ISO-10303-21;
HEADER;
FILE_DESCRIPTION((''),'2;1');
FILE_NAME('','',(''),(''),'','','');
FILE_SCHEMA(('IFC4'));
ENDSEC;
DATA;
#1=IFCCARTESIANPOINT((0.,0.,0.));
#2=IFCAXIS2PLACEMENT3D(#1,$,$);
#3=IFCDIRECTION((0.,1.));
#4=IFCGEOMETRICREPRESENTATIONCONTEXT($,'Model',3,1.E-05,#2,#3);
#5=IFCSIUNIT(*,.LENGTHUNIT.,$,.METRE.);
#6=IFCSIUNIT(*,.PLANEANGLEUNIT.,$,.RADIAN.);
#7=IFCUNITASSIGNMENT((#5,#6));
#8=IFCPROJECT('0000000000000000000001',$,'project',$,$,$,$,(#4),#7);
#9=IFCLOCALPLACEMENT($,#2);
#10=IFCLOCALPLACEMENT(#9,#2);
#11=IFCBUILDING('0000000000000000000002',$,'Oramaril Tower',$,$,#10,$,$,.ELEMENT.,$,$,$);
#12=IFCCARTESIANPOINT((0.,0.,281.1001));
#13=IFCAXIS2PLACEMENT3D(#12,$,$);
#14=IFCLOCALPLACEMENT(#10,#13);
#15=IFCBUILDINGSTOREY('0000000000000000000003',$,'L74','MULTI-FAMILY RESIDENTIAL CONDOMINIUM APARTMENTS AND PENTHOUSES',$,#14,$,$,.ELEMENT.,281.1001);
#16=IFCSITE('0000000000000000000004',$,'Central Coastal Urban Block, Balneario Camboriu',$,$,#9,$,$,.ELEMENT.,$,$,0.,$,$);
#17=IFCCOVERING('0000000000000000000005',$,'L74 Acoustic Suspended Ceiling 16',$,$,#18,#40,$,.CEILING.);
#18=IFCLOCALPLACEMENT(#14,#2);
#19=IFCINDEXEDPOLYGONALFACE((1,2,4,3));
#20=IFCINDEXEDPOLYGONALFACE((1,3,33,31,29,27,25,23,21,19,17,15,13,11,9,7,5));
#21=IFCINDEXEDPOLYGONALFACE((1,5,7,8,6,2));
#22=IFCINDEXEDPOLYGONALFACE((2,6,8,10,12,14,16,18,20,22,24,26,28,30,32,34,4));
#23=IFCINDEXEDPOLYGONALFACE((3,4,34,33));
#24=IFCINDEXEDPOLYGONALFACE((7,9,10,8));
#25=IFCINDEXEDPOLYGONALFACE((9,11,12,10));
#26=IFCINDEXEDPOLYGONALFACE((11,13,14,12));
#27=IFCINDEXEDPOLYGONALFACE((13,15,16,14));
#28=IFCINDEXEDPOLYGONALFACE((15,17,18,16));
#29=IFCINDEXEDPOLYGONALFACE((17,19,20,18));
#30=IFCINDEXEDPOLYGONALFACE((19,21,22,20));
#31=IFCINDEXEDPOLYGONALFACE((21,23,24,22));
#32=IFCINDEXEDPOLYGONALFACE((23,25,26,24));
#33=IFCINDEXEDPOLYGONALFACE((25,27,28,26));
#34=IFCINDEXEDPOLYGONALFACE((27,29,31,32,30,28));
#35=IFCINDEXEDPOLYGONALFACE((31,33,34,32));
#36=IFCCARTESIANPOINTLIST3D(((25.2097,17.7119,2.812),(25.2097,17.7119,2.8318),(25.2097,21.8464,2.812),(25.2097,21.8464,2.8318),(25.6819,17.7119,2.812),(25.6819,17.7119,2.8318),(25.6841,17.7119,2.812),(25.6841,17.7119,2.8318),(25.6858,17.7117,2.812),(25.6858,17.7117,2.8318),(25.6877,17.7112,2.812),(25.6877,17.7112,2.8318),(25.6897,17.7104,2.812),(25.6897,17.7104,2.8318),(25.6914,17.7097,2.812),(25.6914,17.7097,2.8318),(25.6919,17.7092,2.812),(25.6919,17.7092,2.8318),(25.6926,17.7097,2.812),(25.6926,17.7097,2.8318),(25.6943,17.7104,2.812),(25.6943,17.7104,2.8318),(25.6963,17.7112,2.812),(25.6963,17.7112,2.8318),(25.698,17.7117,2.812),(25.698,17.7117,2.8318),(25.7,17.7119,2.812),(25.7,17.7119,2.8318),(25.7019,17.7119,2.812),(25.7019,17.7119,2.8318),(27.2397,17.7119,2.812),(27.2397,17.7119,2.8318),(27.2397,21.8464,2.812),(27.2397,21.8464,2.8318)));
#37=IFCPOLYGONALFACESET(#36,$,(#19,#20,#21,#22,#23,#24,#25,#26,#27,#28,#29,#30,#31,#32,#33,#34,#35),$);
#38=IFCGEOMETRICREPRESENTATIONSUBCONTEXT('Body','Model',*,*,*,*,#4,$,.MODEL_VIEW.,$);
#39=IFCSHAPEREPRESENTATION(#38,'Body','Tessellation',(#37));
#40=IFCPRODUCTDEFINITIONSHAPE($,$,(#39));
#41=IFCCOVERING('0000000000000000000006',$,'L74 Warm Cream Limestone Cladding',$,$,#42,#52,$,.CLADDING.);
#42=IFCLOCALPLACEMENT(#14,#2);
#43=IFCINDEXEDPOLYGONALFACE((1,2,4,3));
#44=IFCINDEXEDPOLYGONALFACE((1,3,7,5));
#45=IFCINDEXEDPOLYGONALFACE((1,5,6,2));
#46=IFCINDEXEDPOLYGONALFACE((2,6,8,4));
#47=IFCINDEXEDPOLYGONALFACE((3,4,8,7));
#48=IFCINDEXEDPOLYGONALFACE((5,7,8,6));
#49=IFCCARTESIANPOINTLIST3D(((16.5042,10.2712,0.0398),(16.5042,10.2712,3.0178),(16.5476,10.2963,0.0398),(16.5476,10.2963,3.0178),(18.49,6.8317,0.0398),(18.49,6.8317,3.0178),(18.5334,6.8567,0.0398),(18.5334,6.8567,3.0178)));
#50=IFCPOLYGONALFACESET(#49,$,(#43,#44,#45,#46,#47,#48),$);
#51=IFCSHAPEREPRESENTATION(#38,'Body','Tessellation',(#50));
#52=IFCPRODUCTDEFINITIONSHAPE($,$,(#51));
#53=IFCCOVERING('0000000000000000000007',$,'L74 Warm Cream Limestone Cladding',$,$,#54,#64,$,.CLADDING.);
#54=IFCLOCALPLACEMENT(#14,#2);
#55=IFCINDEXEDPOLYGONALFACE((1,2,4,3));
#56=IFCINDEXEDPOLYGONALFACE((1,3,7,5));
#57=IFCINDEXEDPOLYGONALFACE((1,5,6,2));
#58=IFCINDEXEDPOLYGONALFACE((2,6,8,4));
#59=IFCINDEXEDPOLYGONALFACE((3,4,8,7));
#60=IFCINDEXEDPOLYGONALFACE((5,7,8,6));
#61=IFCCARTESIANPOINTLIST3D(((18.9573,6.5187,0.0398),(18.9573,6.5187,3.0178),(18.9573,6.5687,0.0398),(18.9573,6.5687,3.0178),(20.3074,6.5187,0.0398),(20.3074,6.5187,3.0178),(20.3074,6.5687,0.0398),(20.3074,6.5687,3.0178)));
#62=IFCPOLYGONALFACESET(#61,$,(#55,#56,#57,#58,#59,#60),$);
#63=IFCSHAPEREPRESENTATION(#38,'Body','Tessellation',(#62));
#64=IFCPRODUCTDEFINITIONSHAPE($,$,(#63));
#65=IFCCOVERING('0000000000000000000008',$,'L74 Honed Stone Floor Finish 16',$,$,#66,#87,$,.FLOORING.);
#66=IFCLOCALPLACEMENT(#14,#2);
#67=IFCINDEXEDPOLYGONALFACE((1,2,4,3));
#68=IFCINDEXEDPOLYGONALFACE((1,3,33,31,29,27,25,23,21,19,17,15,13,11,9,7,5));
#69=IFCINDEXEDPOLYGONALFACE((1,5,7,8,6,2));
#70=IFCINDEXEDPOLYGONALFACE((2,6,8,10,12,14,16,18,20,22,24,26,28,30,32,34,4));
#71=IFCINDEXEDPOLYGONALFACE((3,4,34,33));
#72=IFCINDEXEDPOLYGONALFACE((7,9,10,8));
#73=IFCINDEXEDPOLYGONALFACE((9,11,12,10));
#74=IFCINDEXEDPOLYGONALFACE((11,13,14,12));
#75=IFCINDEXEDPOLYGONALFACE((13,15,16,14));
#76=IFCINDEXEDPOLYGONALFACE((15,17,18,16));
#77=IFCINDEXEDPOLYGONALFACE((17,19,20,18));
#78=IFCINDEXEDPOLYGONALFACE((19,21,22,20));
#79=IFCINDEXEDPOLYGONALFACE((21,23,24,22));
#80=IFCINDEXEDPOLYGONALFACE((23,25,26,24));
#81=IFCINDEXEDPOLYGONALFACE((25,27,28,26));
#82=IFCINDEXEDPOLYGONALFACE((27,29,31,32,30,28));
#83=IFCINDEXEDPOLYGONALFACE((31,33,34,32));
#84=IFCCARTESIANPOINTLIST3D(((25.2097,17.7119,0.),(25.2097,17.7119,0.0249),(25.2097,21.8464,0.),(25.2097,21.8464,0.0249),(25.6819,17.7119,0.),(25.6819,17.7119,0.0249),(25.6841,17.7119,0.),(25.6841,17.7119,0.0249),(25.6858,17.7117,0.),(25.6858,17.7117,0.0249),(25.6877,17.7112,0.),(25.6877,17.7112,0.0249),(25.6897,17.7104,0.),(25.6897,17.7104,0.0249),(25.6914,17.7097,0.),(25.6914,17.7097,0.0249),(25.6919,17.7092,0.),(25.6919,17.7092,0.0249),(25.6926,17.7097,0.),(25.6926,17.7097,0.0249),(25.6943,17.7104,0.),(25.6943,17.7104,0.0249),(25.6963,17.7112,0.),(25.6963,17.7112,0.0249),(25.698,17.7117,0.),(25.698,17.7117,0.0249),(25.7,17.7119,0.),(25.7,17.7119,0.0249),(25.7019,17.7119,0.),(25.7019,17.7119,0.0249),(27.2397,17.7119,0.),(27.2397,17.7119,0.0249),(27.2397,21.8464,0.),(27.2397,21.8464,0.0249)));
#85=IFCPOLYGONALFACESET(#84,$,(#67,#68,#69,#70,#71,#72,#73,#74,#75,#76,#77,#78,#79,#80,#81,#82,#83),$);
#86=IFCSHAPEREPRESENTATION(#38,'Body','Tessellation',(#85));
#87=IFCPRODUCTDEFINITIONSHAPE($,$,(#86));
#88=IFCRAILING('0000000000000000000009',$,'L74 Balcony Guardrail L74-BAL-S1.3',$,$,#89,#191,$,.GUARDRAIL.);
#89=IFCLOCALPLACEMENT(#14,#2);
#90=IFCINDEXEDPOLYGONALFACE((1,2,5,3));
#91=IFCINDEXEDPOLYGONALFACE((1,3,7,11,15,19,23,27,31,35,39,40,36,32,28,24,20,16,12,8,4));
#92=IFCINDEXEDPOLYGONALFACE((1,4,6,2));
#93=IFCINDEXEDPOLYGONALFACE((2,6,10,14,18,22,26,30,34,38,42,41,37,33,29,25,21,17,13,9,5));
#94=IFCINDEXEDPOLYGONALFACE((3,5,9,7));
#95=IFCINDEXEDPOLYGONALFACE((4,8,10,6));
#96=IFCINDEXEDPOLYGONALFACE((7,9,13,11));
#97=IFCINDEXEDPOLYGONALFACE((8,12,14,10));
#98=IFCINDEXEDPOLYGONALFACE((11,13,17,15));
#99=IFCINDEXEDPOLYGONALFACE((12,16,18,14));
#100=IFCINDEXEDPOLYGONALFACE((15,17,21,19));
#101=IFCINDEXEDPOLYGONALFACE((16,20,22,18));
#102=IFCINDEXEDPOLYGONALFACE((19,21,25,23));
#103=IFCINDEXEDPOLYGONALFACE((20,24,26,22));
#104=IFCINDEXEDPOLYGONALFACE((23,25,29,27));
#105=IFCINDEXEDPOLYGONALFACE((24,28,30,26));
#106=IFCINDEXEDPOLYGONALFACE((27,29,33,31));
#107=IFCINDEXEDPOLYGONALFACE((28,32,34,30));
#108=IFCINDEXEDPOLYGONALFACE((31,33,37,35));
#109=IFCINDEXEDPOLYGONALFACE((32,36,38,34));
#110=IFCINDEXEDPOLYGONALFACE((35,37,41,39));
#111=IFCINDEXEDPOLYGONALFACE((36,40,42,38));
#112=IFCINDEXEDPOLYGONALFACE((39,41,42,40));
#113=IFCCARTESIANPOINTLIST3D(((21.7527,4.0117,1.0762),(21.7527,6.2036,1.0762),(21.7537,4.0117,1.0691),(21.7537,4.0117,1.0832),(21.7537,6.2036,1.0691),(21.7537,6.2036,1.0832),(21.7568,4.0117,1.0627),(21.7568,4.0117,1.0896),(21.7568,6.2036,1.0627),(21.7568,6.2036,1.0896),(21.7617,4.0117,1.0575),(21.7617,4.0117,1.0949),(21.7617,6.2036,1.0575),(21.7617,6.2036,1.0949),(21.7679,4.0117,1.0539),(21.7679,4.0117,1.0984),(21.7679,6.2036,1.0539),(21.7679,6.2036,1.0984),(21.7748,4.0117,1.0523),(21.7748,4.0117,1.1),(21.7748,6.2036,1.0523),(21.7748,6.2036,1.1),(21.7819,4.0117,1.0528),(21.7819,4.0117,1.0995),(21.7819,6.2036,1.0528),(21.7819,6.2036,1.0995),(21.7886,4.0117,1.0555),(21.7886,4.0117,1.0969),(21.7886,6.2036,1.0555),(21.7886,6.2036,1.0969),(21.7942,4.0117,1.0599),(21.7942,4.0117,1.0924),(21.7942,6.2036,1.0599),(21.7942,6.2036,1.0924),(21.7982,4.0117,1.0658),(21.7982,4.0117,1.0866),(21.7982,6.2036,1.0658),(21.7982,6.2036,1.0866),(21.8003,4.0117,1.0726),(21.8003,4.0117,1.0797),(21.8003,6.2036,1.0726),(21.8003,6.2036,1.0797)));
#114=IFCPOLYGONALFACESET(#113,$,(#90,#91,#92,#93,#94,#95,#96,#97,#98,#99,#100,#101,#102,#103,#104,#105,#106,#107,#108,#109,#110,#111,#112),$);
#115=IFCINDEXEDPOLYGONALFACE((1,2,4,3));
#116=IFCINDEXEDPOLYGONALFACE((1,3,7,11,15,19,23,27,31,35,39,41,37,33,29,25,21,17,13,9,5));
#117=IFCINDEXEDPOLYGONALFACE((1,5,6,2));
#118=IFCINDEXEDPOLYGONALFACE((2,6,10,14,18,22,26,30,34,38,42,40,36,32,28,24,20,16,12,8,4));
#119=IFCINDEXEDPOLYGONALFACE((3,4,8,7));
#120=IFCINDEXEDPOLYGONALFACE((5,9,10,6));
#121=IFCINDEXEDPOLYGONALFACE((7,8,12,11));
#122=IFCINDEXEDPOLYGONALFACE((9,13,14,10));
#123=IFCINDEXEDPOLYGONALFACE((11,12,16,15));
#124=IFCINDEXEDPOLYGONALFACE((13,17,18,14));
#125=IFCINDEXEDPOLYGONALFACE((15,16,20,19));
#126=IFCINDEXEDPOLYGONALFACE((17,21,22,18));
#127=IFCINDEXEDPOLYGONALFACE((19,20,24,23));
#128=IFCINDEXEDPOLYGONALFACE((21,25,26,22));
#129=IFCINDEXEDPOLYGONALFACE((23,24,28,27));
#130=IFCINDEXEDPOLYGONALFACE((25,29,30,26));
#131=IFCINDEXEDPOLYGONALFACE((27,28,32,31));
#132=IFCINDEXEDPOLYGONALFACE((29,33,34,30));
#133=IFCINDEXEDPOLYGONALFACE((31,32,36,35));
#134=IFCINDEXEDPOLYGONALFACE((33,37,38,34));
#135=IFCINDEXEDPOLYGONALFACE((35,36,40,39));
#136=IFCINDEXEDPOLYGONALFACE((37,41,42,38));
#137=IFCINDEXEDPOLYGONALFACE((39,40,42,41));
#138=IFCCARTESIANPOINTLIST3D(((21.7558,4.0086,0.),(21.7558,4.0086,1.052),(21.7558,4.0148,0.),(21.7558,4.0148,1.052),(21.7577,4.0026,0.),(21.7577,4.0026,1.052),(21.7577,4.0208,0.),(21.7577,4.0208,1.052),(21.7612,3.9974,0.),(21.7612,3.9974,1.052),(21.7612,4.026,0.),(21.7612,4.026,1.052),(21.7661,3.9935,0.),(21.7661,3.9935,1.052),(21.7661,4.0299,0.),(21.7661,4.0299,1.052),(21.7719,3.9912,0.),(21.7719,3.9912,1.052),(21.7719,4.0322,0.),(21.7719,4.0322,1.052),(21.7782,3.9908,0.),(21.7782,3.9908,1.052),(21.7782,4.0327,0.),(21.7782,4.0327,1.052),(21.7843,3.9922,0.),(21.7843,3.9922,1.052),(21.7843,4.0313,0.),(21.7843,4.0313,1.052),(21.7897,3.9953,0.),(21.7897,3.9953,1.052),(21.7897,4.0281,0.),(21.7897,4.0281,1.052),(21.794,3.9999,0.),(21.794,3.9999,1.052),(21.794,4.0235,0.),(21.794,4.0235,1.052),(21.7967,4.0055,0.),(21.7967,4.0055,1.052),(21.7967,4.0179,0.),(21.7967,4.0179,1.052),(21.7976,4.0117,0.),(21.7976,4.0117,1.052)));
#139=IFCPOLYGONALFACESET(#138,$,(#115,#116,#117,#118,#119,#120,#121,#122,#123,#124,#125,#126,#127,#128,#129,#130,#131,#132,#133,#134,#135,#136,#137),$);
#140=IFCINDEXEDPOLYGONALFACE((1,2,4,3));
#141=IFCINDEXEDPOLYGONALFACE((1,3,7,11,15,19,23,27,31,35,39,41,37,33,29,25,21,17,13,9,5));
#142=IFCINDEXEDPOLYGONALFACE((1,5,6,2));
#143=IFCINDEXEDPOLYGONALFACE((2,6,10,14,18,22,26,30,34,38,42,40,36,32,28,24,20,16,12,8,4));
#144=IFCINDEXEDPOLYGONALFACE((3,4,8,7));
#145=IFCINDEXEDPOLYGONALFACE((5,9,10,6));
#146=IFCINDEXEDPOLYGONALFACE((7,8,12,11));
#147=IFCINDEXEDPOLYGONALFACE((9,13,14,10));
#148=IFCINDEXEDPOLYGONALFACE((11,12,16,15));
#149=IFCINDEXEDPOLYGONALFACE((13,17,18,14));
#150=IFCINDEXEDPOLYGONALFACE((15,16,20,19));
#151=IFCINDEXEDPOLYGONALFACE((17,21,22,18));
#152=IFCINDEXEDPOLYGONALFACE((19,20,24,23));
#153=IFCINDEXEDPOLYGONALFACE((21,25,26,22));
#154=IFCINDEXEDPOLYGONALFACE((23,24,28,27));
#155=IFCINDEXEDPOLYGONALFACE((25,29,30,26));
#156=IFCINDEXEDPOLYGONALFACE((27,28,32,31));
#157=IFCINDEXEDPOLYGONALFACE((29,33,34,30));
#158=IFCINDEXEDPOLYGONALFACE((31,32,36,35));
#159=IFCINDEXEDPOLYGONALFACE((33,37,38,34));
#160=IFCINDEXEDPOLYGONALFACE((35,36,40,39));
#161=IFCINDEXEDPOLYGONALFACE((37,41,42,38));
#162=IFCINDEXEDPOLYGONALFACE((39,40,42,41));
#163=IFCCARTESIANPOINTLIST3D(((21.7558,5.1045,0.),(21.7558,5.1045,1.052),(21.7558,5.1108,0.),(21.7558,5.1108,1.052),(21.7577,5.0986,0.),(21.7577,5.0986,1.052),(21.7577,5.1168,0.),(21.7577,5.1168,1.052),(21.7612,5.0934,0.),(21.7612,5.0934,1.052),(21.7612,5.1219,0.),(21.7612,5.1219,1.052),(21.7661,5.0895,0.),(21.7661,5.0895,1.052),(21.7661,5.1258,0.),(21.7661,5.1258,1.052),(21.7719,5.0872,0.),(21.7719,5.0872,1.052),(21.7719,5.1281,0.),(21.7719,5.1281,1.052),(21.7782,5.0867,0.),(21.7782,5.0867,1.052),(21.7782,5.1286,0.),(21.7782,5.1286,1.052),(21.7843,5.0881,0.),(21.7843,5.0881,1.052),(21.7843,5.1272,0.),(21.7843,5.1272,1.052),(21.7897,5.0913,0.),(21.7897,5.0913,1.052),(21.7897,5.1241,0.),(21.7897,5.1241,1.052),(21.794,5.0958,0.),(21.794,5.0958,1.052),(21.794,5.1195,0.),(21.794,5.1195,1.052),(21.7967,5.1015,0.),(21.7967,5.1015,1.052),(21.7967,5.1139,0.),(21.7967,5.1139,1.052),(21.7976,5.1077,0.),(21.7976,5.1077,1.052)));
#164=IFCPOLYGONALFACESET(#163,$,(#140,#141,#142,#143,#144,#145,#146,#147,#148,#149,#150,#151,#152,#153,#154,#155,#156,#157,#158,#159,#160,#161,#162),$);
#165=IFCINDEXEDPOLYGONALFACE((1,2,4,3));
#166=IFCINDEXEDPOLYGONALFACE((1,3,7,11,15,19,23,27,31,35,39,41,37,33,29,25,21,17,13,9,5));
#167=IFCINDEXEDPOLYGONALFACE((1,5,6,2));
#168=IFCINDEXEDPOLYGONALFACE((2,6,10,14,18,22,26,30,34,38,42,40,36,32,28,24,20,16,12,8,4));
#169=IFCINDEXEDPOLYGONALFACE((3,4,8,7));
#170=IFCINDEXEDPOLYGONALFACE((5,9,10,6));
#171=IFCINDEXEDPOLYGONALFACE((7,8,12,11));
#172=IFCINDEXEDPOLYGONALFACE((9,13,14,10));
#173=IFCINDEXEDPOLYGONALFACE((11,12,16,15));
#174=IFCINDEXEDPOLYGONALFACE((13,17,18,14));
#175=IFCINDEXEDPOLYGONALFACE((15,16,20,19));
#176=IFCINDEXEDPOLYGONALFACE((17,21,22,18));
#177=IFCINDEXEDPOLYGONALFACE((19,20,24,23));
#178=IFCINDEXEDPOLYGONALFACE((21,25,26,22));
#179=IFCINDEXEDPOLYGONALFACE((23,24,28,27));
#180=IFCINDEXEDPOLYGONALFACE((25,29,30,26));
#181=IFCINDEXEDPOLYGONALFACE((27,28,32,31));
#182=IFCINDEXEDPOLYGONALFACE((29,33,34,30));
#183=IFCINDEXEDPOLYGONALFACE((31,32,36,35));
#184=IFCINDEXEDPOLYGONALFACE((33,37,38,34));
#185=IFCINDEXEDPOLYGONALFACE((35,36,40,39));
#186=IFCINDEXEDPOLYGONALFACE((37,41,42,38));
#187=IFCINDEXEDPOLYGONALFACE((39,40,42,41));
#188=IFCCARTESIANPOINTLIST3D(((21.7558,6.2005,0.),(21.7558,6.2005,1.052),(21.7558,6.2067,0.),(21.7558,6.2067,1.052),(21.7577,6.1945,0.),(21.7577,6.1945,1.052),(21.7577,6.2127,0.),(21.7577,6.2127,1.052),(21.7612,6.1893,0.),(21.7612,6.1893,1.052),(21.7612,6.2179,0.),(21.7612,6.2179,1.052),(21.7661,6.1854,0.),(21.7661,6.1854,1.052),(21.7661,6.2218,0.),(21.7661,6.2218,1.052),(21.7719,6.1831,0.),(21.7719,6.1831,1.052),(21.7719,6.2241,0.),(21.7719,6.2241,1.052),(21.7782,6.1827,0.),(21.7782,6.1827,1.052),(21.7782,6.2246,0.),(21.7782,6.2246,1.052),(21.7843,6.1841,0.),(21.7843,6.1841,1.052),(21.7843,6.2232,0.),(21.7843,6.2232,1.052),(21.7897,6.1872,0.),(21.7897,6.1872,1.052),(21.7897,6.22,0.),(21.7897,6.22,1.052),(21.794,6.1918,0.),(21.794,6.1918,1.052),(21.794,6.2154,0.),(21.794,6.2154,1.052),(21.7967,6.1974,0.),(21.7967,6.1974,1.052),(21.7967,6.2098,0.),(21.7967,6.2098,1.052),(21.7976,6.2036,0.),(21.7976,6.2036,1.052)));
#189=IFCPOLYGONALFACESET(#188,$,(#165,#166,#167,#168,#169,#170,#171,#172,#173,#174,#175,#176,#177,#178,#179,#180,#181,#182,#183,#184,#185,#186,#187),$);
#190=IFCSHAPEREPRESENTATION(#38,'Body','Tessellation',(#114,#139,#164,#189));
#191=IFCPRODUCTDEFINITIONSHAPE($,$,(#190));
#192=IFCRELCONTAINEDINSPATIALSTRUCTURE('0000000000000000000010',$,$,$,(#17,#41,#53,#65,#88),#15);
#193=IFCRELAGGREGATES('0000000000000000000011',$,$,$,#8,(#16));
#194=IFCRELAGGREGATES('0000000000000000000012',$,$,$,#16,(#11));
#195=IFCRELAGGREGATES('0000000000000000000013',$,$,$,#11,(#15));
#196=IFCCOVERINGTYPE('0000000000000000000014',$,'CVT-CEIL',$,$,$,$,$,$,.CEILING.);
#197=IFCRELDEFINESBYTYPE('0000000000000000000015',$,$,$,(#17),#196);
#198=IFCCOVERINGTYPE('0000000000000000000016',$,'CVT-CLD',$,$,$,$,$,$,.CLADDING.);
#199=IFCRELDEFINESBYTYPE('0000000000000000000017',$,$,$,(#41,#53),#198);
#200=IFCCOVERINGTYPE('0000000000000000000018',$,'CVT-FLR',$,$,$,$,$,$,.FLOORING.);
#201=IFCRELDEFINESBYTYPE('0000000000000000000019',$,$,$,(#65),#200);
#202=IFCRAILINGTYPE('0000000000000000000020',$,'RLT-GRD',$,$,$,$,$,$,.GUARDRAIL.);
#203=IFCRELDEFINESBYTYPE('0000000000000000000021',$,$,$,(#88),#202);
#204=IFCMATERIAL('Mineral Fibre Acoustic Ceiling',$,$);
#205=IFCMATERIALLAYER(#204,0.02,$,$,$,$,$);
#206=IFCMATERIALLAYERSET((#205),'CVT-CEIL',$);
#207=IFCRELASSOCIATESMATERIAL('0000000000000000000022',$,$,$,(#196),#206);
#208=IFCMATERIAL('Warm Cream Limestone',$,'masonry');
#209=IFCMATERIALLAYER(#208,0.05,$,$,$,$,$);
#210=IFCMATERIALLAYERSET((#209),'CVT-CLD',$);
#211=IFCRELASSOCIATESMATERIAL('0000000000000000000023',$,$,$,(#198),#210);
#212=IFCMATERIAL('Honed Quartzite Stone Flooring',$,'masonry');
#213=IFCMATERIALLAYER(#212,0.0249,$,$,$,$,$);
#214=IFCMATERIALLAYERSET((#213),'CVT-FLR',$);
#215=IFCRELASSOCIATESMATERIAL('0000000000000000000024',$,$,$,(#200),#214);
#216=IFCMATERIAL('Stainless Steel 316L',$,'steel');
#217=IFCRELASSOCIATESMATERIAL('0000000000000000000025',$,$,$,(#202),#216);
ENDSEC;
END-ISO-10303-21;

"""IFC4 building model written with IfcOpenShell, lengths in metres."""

from ifc_helpers import new_model, si_unit, direction, frame, origin, origin_2d, place, context, subcontext, project, spatial, polyline, rectangle, circle, outline, extrude, material, layer, layer_set, type_object, element, save


model = new_model("IFC4")

# Units and contexts
model_context = context("Model", 3, precision=1e-05, world=origin(), true_north=direction((0.0, 1.0)))
body_context = subcontext(model_context, "Body", "Model", "MODEL_VIEW")
ifc_project = project(units=[si_unit("LENGTHUNIT", "METRE"), si_unit("PLANEANGLEUNIT", "RADIAN")], contexts=[model_context])

# Site, building, storey
site_placement = place(None, origin())
site = spatial("IfcSite", under=ifc_project, at=site_placement, Name="Central Coastal Urban Block, Balneario Camboriu", CompositionType="ELEMENT", RefElevation=0.0)
building_placement = place(site_placement, origin())
building = spatial("IfcBuilding", under=site, at=building_placement, Name="Oramaril Tower", CompositionType="ELEMENT")
storey_placement = place(building_placement, frame((0.0, 0.0, 281.1001)))
storey = spatial("IfcBuildingStorey", under=building, at=storey_placement, Name="L74", Description="MULTI-FAMILY RESIDENTIAL CONDOMINIUM APARTMENTS AND PENTHOUSES", CompositionType="ELEMENT", Elevation=281.1001)

# Coverings
ifc_material_1 = material(Name="Mineral Fibre Acoustic Ceiling")
ifc_layer_1 = layer(ifc_material_1, 0.02)
ifc_layer_set_1 = layer_set([ifc_layer_1], Name="CVT-CEIL")
covering_type_1 = type_object("IfcCoveringType", Name="CVT-CEIL", PredefinedType="CEILING", material=ifc_layer_set_1)
covering_1_placement = place(storey_placement, frame((0.0, 0.0, 2.812)))
element("IfcCovering", 1, at=covering_1_placement, inside=storey, type_object=covering_type_1, Name="L74 Acoustic Suspended Ceiling 16", PredefinedType="CEILING", context=body_context, shape_type="SweptSolid", body=[
    extrude(outline(polyline([(27.2397, 17.7119), (25.7019, 17.7119), (25.7, 17.7119), (25.698, 17.7117), (25.6963, 17.7112), (25.6943, 17.7104), (25.6926, 17.7097), (25.6919, 17.7092), (25.6914, 17.7097), (25.6897, 17.7104), (25.6877, 17.7112), (25.6858, 17.7117), (25.6841, 17.7119), (25.6819, 17.7119), (25.2097, 17.7119), (25.2097, 21.8464), (27.2397, 21.8464), (27.2397, 17.7119)])), origin(), (0.0, 0.0, 1.0), 0.0198),
])
ifc_material_2 = material(Name="Warm Cream Limestone", Category="masonry")
ifc_layer_2 = layer(ifc_material_2, 0.05)
ifc_layer_set_2 = layer_set([ifc_layer_2], Name="CVT-CLD")
covering_type_2 = type_object("IfcCoveringType", Name="CVT-CLD", PredefinedType="CLADDING", material=ifc_layer_set_2)
covering_2_placement = place(storey_placement, frame((17.5188, 8.564, 0.0398), z_axis=(0.0, 0.0, 1.0), x_axis=(0.499992, -0.86603, 0.0)))
element("IfcCovering", 2, at=covering_2_placement, inside=storey, type_object=covering_type_2, Name="L74 Warm Cream Limestone Cladding", PredefinedType="CLADDING", context=body_context, shape_type="SweptSolid", body=[
    extrude(rectangle(XDim=3.9717, YDim=0.05, at=origin_2d()), origin(), (0.0, 0.0, 1.0), 2.978),
])
covering_3_placement = place(storey_placement, frame((19.6323, 6.5437, 0.0398), z_axis=(0.0, 0.0, 1.0), x_axis=(1.0, 0.0, 0.0)))
element("IfcCovering", 3, at=covering_3_placement, inside=storey, type_object=covering_type_2, Name="L74 Warm Cream Limestone Cladding", PredefinedType="CLADDING", context=body_context, shape_type="SweptSolid", body=[
    extrude(rectangle(XDim=1.3501, YDim=0.05, at=origin_2d()), origin(), (0.0, 0.0, 1.0), 2.978),
])
ifc_material_3 = material(Name="Honed Quartzite Stone Flooring", Category="masonry")
ifc_layer_3 = layer(ifc_material_3, 0.0249)
ifc_layer_set_3 = layer_set([ifc_layer_3], Name="CVT-FLR")
covering_type_3 = type_object("IfcCoveringType", Name="CVT-FLR", PredefinedType="FLOORING", material=ifc_layer_set_3)
covering_4_placement = place(storey_placement, origin())
element("IfcCovering", 4, at=covering_4_placement, inside=storey, type_object=covering_type_3, Name="L74 Honed Stone Floor Finish 16", PredefinedType="FLOORING", context=body_context, shape_type="SweptSolid", body=[
    extrude(outline(polyline([(27.2397, 17.7119), (25.7019, 17.7119), (25.7, 17.7119), (25.698, 17.7117), (25.6963, 17.7112), (25.6943, 17.7104), (25.6926, 17.7097), (25.6919, 17.7092), (25.6914, 17.7097), (25.6897, 17.7104), (25.6877, 17.7112), (25.6858, 17.7117), (25.6841, 17.7119), (25.6819, 17.7119), (25.2097, 17.7119), (25.2097, 21.8464), (27.2397, 21.8464), (27.2397, 17.7119)])), origin(), (0.0, 0.0, 1.0), 0.0249),
])

# Railing
ifc_material_4 = material(Name="Stainless Steel 316L", Category="steel")
railing_type = type_object("IfcRailingType", Name="RLT-GRD", PredefinedType="GUARDRAIL", material=ifc_material_4)
railing_placement = place(storey_placement, frame((21.7766, 4.0117, 0.0)))
element("IfcRailing", 5, at=railing_placement, inside=storey, type_object=railing_type, Name="L74 Balcony Guardrail L74-BAL-S1.3", PredefinedType="GUARDRAIL", context=body_context, shape_type="SweptSolid", body=[
    extrude(circle(Radius=0.0239, at=origin_2d()), frame((0.0, 0.0, 1.0762), z_axis=(0.0, 1.0, 0.0), x_axis=(-1.0, 0.0, 0.0)), (0.0, 0.0, 1.0), 2.1919),
    extrude(circle(Radius=0.021, at=origin_2d()), origin(), (0.0, 0.0, 1.0), 1.052),
    extrude(circle(Radius=0.021, at=origin_2d()), frame((0.0, 1.0959, 0.0)), (0.0, 0.0, 1.0), 1.052),
    extrude(circle(Radius=0.021, at=origin_2d()), frame((0.0, 2.1919, 0.0)), (0.0, 0.0, 1.0), 1.052),
])

save(model, "model.ifc")
